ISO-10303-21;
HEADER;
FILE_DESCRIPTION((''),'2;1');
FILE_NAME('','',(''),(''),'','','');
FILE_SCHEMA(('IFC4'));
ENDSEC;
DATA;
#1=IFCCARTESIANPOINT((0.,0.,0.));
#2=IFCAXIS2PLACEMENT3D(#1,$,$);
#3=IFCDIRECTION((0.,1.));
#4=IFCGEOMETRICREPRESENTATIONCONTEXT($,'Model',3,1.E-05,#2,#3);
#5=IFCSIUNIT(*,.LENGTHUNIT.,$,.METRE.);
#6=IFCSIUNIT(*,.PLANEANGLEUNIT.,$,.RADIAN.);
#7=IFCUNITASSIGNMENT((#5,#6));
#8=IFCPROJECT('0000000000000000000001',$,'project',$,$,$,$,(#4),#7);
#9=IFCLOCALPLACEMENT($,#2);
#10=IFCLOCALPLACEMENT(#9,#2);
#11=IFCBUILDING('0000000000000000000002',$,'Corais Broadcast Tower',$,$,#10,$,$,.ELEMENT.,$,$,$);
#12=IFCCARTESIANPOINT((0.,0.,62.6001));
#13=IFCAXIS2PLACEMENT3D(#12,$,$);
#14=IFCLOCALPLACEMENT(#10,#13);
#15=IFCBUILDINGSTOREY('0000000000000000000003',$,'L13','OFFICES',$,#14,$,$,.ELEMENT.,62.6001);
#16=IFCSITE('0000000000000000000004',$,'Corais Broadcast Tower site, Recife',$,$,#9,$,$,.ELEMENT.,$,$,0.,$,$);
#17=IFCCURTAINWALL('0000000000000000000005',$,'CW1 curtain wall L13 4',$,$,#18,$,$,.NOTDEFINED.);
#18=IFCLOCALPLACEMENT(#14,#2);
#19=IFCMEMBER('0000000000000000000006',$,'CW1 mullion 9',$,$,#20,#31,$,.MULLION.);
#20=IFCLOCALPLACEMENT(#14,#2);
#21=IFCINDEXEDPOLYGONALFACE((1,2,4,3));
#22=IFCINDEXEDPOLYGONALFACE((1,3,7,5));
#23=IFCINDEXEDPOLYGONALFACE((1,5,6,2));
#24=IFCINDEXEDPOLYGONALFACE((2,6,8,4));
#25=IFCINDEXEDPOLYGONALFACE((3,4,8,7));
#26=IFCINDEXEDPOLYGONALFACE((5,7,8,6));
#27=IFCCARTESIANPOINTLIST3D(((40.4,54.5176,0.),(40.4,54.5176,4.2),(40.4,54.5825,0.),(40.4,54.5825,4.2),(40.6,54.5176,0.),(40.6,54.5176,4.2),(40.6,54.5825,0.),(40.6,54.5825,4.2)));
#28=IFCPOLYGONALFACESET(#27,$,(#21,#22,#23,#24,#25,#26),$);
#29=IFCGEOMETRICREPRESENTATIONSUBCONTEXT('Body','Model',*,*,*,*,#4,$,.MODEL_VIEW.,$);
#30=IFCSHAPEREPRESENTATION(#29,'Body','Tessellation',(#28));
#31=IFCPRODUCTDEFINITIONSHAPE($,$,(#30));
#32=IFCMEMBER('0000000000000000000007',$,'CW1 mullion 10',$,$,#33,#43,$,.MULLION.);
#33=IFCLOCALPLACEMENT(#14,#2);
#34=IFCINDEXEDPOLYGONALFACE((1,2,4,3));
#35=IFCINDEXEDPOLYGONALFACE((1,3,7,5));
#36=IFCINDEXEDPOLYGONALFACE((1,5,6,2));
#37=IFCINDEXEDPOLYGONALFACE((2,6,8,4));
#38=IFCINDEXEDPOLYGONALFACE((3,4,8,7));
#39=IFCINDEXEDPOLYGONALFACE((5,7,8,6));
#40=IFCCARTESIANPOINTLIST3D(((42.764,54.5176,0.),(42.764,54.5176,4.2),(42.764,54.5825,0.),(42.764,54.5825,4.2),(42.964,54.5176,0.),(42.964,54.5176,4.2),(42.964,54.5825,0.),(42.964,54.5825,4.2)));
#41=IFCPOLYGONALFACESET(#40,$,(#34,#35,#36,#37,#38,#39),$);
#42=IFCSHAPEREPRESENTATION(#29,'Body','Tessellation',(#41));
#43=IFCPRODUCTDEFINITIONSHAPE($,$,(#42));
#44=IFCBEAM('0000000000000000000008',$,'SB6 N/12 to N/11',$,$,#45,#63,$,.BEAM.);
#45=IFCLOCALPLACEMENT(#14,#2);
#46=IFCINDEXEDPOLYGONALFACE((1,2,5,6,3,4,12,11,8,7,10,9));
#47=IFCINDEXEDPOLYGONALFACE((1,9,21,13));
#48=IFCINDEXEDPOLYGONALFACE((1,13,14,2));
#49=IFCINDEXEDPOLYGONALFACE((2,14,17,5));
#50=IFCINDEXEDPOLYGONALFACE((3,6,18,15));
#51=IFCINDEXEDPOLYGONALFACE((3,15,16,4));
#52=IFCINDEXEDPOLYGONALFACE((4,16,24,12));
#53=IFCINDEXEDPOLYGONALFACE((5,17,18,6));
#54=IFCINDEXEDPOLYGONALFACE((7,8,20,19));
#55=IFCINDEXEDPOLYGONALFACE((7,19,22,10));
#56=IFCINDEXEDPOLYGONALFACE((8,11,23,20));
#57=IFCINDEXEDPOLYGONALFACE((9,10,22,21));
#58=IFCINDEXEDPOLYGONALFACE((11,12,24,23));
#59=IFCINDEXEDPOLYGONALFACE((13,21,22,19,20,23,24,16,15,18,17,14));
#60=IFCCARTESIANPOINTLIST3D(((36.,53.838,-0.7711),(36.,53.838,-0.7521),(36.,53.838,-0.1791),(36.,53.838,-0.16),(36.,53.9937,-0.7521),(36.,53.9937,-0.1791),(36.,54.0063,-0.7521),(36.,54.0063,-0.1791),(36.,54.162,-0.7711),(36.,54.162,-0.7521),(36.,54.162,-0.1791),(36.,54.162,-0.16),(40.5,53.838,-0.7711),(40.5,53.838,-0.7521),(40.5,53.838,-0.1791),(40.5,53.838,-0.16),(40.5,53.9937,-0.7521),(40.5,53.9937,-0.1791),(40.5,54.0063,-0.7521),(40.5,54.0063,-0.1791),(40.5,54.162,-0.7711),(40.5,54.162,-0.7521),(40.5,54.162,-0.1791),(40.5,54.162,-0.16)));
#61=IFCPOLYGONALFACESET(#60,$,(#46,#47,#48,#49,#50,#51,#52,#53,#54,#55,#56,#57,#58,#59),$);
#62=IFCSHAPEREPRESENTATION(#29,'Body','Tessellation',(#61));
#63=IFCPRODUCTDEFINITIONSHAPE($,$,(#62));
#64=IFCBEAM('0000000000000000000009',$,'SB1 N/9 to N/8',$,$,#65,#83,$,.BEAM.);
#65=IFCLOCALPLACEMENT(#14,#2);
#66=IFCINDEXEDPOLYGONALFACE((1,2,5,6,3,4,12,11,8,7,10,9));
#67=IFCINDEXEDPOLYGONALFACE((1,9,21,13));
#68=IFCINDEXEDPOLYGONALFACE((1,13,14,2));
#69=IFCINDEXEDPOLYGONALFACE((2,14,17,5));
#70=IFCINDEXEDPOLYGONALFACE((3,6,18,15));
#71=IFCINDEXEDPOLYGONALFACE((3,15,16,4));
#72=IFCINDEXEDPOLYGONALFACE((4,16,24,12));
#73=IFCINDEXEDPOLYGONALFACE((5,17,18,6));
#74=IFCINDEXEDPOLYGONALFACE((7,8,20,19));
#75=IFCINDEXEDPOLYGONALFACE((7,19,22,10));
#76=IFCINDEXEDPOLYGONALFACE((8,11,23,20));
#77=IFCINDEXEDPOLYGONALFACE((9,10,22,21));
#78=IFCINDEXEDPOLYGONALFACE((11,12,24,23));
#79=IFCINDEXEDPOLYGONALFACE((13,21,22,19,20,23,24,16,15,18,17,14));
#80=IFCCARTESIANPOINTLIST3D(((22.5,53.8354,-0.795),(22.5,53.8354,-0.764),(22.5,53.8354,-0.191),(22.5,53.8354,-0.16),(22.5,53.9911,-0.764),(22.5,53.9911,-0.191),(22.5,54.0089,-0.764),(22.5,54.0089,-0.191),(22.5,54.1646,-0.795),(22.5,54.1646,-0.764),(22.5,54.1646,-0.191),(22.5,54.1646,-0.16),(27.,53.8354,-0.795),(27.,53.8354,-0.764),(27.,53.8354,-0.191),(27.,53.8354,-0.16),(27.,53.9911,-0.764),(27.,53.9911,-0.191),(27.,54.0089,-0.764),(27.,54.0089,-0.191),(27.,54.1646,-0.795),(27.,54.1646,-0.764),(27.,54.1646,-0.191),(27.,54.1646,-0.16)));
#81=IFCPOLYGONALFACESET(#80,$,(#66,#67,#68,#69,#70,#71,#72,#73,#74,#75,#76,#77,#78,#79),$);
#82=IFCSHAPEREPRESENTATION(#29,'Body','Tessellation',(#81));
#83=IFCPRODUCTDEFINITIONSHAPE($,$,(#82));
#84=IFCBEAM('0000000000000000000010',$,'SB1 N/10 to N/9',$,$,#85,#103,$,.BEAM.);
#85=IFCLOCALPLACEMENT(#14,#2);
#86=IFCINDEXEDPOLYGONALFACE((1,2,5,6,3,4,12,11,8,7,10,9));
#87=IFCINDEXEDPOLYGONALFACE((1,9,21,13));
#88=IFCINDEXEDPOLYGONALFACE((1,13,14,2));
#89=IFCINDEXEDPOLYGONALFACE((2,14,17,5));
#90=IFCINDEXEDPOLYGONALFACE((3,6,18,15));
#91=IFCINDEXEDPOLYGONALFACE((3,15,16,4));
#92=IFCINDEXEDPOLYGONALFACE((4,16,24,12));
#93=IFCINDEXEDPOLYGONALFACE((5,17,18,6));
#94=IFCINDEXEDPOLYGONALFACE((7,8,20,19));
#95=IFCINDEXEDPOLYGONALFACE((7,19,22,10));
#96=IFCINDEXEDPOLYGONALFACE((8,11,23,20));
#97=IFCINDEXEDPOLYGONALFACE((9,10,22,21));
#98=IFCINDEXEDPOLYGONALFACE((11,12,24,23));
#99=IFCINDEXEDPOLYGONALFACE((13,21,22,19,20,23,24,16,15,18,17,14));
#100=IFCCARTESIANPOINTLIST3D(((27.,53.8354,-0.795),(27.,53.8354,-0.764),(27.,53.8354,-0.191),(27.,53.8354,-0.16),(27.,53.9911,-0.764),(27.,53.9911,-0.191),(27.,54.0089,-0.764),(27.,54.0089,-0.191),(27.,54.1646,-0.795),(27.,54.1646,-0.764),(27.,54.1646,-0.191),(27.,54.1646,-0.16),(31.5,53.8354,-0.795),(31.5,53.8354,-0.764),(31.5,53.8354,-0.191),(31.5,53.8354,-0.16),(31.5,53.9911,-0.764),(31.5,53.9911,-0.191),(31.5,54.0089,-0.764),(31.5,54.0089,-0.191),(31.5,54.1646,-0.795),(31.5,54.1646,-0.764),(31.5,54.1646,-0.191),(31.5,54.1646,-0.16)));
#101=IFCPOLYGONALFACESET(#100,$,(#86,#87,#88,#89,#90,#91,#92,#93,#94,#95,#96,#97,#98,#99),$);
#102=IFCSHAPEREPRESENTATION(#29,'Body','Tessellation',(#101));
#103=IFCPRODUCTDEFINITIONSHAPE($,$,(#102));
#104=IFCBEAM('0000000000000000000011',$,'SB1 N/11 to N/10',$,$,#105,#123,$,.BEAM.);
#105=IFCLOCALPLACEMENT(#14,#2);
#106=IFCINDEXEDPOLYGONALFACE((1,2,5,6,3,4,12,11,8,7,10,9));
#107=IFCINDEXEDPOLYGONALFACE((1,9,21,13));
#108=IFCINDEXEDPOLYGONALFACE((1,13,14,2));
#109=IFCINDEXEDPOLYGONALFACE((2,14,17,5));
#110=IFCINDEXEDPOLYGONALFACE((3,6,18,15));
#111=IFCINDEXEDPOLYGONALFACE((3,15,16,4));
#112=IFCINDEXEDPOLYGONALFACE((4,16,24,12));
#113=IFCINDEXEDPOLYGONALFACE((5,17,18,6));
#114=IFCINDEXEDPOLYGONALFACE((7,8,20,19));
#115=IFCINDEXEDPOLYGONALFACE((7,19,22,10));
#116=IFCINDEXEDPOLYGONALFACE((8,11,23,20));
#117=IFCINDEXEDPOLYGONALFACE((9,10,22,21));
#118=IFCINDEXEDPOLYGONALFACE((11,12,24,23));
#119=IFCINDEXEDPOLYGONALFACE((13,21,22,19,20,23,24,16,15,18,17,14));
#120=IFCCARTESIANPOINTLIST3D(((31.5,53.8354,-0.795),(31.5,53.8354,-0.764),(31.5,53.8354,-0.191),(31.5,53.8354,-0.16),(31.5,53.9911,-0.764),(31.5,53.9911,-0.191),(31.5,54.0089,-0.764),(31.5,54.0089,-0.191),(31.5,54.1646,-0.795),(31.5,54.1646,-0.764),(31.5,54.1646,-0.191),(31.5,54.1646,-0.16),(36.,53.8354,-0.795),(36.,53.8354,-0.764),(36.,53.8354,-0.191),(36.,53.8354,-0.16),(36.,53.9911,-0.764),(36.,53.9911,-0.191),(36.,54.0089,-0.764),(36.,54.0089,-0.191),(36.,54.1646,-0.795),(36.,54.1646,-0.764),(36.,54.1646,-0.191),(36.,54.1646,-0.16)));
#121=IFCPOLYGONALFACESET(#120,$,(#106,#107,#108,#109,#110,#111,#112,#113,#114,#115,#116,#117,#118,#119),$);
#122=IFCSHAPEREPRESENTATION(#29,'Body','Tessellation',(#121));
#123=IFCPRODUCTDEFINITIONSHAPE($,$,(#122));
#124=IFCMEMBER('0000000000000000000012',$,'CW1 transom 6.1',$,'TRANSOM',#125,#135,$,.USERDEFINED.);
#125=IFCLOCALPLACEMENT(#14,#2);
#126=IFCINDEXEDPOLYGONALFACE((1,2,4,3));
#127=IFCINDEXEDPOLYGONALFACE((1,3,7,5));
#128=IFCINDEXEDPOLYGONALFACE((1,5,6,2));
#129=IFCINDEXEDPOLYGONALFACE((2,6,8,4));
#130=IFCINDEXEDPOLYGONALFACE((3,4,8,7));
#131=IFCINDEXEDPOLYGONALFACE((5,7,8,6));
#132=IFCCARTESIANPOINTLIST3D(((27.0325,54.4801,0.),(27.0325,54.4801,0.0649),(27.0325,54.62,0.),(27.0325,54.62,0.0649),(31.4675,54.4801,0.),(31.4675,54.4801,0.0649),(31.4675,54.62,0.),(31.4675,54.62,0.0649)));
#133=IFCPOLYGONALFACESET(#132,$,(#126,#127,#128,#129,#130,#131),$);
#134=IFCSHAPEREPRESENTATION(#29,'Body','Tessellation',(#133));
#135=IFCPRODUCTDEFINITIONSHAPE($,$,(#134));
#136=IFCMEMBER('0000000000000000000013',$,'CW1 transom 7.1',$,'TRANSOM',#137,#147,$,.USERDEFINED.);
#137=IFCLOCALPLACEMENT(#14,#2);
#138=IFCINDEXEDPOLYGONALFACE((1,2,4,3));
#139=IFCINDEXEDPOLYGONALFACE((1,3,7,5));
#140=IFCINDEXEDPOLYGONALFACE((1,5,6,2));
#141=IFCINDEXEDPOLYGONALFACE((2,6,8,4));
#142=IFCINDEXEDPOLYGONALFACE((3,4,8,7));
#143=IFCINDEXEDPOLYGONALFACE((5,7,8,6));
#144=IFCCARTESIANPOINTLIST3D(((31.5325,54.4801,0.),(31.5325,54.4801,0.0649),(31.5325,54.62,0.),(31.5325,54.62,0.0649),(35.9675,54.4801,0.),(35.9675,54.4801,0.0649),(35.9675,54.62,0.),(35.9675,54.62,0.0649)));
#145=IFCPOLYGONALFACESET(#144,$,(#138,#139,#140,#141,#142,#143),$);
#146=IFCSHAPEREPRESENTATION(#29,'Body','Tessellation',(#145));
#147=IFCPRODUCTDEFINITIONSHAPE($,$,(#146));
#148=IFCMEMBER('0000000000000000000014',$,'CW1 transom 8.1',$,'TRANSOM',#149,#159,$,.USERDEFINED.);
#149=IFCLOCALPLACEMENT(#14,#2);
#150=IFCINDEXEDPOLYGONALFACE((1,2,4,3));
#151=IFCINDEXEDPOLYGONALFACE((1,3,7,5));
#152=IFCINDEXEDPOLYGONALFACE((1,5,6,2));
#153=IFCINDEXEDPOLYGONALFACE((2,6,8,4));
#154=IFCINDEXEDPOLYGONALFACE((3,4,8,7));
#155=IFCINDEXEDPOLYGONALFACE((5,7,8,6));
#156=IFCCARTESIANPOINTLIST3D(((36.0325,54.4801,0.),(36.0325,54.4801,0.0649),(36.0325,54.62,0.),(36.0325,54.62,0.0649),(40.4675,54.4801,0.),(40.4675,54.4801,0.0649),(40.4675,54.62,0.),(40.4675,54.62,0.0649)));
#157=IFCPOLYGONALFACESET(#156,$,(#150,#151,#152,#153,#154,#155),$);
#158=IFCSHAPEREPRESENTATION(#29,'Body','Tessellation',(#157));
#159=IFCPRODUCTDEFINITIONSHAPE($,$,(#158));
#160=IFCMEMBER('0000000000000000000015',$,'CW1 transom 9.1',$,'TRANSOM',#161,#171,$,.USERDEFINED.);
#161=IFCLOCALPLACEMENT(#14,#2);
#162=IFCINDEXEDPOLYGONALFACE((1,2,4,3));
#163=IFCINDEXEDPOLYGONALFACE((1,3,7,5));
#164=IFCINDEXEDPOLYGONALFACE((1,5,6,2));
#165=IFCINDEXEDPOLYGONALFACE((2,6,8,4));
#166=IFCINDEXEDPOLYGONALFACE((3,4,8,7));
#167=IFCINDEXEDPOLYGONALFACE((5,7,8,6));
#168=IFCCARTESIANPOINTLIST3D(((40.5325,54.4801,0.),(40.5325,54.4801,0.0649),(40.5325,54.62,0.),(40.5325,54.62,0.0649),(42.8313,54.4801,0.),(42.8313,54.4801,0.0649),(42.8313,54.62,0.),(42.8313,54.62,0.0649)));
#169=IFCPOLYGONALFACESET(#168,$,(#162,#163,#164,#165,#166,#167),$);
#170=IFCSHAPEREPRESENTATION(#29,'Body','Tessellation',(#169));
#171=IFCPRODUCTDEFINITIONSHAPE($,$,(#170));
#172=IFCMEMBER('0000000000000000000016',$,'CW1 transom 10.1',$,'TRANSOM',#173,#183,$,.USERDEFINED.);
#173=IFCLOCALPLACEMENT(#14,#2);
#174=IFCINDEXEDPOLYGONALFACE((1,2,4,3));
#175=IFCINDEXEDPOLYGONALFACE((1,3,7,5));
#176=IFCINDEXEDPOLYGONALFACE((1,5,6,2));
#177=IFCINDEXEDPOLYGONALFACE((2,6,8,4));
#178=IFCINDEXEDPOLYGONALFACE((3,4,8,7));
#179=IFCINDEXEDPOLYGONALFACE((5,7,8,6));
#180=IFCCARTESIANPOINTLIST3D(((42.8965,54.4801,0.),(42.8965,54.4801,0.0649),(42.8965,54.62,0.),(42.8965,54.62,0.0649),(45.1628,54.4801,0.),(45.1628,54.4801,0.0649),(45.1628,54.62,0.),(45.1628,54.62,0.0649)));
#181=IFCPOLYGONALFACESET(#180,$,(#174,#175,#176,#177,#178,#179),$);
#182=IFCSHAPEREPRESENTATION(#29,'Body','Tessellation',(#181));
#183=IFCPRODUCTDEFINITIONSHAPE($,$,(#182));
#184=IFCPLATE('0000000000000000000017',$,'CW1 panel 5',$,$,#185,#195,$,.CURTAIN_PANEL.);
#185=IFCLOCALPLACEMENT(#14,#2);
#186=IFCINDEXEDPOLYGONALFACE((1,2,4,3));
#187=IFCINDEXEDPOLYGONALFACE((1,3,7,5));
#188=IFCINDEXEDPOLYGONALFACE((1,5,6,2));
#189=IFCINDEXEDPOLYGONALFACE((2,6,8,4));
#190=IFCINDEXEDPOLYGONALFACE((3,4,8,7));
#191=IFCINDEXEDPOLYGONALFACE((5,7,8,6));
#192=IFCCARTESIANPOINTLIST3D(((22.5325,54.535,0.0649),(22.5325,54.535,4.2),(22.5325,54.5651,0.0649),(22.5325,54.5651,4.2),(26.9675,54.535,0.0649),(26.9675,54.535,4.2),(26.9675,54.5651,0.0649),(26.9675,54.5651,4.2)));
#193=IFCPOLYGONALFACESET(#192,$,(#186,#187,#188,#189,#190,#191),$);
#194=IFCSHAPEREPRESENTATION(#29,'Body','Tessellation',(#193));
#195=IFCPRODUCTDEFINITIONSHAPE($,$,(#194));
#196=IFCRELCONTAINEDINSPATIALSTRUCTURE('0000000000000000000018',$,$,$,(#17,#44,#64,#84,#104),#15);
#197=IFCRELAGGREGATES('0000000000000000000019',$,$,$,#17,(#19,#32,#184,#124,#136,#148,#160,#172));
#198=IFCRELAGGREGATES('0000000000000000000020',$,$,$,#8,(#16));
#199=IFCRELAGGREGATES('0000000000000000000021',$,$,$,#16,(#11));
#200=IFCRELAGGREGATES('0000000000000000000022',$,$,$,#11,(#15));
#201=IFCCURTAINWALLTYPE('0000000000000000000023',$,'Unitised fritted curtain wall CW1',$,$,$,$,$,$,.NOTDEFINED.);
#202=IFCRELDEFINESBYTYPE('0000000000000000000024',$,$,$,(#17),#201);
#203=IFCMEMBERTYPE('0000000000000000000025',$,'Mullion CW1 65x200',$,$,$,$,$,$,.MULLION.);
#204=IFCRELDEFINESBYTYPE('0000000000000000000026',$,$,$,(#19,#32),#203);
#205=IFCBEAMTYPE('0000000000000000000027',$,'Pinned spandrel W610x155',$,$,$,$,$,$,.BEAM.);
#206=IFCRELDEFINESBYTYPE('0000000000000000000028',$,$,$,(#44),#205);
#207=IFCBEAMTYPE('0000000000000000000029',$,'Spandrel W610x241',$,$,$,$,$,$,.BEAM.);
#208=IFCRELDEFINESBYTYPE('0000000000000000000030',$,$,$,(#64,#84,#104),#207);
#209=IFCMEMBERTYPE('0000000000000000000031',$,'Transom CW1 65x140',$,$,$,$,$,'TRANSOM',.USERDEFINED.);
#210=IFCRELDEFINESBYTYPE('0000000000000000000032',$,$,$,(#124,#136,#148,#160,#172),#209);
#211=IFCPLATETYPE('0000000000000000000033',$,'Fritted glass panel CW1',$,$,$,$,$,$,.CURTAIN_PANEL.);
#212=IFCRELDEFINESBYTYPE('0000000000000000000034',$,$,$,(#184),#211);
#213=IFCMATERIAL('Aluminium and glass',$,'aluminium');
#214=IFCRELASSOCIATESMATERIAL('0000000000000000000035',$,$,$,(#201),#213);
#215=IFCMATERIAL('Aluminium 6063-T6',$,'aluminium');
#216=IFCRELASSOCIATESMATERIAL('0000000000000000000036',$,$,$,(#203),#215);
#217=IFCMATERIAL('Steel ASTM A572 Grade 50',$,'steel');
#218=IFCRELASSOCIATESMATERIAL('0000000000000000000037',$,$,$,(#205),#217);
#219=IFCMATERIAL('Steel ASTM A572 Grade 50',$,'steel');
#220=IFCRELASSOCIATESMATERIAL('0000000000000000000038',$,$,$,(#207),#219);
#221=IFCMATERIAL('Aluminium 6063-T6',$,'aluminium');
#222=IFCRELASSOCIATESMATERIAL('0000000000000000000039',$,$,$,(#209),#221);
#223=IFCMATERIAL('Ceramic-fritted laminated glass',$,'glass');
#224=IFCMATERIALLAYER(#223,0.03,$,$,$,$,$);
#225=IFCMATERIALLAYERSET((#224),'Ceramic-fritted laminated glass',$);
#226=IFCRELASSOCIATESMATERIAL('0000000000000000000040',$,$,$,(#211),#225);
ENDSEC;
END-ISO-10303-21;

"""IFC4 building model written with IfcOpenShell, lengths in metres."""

from ifc_helpers import new_model, si_unit, direction, frame, origin, origin_2d, place, context, subcontext, project, spatial, rectangle, i_section, extrude, material, layer, layer_set, material_profile, profile_set, type_object, element, aggregate, save


model = new_model("IFC4")

# Units and contexts
model_context = context("Model", 3, precision=1e-05, world=origin(), true_north=direction((0.0, 1.0)))
body_context = subcontext(model_context, "Body", "Model", "MODEL_VIEW")
ifc_project = project(units=[si_unit("LENGTHUNIT", "METRE"), si_unit("PLANEANGLEUNIT", "RADIAN")], contexts=[model_context])

# Site, building, storey
site_placement = place(None, origin())
site = spatial("IfcSite", under=ifc_project, at=site_placement, Name="Corais Broadcast Tower site, Recife", CompositionType="ELEMENT", RefElevation=0.0)
building_placement = place(site_placement, origin())
building = spatial("IfcBuilding", under=site, at=building_placement, Name="Corais Broadcast Tower", CompositionType="ELEMENT")
storey_placement = place(building_placement, frame((0.0, 0.0, 62.6001)))
storey = spatial("IfcBuildingStorey", under=building, at=storey_placement, Name="L13", Description="OFFICES", CompositionType="ELEMENT", Elevation=62.6001)

# Curtain wall, members
ifc_material_1 = material(Name="Aluminium and glass", Category="aluminium")
curtain_wall_type = type_object("IfcCurtainWallType", Name="Unitised fritted curtain wall CW1", PredefinedType="NOTDEFINED", material=ifc_material_1)
curtain_wall_placement = place(storey_placement, origin())
curtain_wall = element("IfcCurtainWall", 1, at=curtain_wall_placement, inside=storey, type_object=curtain_wall_type, Name="CW1 curtain wall L13 4", PredefinedType="NOTDEFINED")
ifc_material_2 = material(Name="Aluminium 6063-T6", Category="aluminium")
ifc_material_profile_1 = material_profile(ifc_material_2, rectangle(XDim=0.0649, YDim=0.2, at=origin_2d()), Name="Mullion CW1 65x200")
ifc_profile_set_1 = profile_set([ifc_material_profile_1], Name="Aluminium 6063-T6")
member_type_1 = type_object("IfcMemberType", Name="Mullion CW1 65x200", PredefinedType="MULLION", material=ifc_profile_set_1)
member_1_placement = place(storey_placement, frame((40.5, 54.55, 0.0), z_axis=(0.0, 0.0, 1.0), x_axis=(0.0, 1.0, 0.0)))
member_1 = element("IfcMember", 2, at=member_1_placement, type_object=member_type_1, Name="CW1 mullion 9", PredefinedType="MULLION", context=body_context, shape_type="SweptSolid", body=[
    extrude(rectangle(XDim=0.0649, YDim=0.2, at=origin_2d()), origin(), (0.0, 0.0, 1.0), 4.2),
])
member_2_placement = place(storey_placement, frame((42.864, 54.55, 0.0), z_axis=(0.0, 0.0, 1.0), x_axis=(0.0, 1.0, 0.0)))
member_2 = element("IfcMember", 3, at=member_2_placement, type_object=member_type_1, Name="CW1 mullion 10", PredefinedType="MULLION", context=body_context, shape_type="SweptSolid", body=[
    extrude(rectangle(XDim=0.0649, YDim=0.2, at=origin_2d()), origin(), (0.0, 0.0, 1.0), 4.2),
])

# Beams
ifc_material_3 = material(Name="Steel ASTM A572 Grade 50", Category="steel")
ifc_material_profile_2 = material_profile(ifc_material_3, i_section(OverallWidth=0.324, OverallDepth=0.6111, WebThickness=0.0127, FlangeThickness=0.019, at=origin_2d()), Name="W610x155")
ifc_profile_set_2 = profile_set([ifc_material_profile_2], Name="Steel ASTM A572 Grade 50")
beam_type_1 = type_object("IfcBeamType", Name="Pinned spandrel W610x155", PredefinedType="BEAM", material=ifc_profile_set_2)
beam_placement = place(storey_placement, frame((40.5, 54.0, -0.4656), z_axis=(-1.0, 0.0, 0.0), x_axis=(0.0, -1.0, 0.0)))
element("IfcBeam", 4, at=beam_placement, inside=storey, type_object=beam_type_1, Name="SB6 N/12 to N/11", PredefinedType="BEAM", context=body_context, shape_type="SweptSolid", body=[
    extrude(i_section(OverallWidth=0.324, OverallDepth=0.6111, WebThickness=0.0127, FlangeThickness=0.019, at=origin_2d()), origin(), (0.0, 0.0, 1.0), 4.5),
])
ifc_material_4 = material(Name="Steel ASTM A572 Grade 50", Category="steel")
ifc_material_profile_3 = material_profile(ifc_material_4, i_section(OverallWidth=0.3291, OverallDepth=0.635, WebThickness=0.0178, FlangeThickness=0.031, at=origin_2d()), Name="W610x241")
ifc_profile_set_3 = profile_set([ifc_material_profile_3], Name="Steel ASTM A572 Grade 50")
beam_type_2 = type_object("IfcBeamType", Name="Spandrel W610x241", PredefinedType="BEAM", material=ifc_profile_set_3)
for number, where, z_axis, x_axis, name in (
    (5, (27.0, 54.0, -0.4775), (-1.0, 0.0, 0.0), (0.0, -1.0, 0.0), "SB1 N/9 to N/8"),
    (6, (31.5, 54.0, -0.4775), (-1.0, 0.0, 0.0), (0.0, -1.0, 0.0), "SB1 N/10 to N/9"),
    (7, (36.0, 54.0, -0.4775), (-1.0, 0.0, 0.0), (0.0, -1.0, 0.0), "SB1 N/11 to N/10"),
):
    element("IfcBeam", number, at=place(storey_placement, frame(where, z_axis=z_axis, x_axis=x_axis)), inside=storey, type_object=beam_type_2, Name=name, PredefinedType="BEAM", context=body_context, shape_type="SweptSolid", body=[
        extrude(i_section(OverallWidth=0.3291, OverallDepth=0.635, WebThickness=0.0178, FlangeThickness=0.031, at=origin_2d()), origin(), (0.0, 0.0, 1.0), 4.5),
    ])

# Members
ifc_material_5 = material(Name="Aluminium 6063-T6", Category="aluminium")
ifc_material_profile_4 = material_profile(ifc_material_5, rectangle(XDim=0.1399, YDim=0.0649, at=origin_2d()), Name="Transom CW1 65x140")
ifc_profile_set_4 = profile_set([ifc_material_profile_4], Name="Aluminium 6063-T6")
member_type_2 = type_object("IfcMemberType", Name="Transom CW1 65x140", ElementType="TRANSOM", PredefinedType="USERDEFINED", material=ifc_profile_set_4)
member_3_placement = place(storey_placement, frame((27.0325, 54.55, 0.0325), z_axis=(1.0, 0.0, 0.0), x_axis=(0.0, 1.0, 0.0)))
member_3 = element("IfcMember", 8, at=member_3_placement, type_object=member_type_2, Name="CW1 transom 6.1", ObjectType="TRANSOM", PredefinedType="USERDEFINED", context=body_context, shape_type="SweptSolid", body=[
    extrude(rectangle(XDim=0.1399, YDim=0.0649, at=origin_2d()), origin(), (0.0, 0.0, 1.0), 4.4351),
])
member_4_placement = place(storey_placement, frame((31.5325, 54.55, 0.0325), z_axis=(1.0, 0.0, 0.0), x_axis=(0.0, 1.0, 0.0)))
member_4 = element("IfcMember", 9, at=member_4_placement, type_object=member_type_2, Name="CW1 transom 7.1", ObjectType="TRANSOM", PredefinedType="USERDEFINED", context=body_context, shape_type="SweptSolid", body=[
    extrude(rectangle(XDim=0.1399, YDim=0.0649, at=origin_2d()), origin(), (0.0, 0.0, 1.0), 4.4351),
])
member_5_placement = place(storey_placement, frame((36.0325, 54.55, 0.0325), z_axis=(1.0, 0.0, 0.0), x_axis=(0.0, 1.0, 0.0)))
member_5 = element("IfcMember", 10, at=member_5_placement, type_object=member_type_2, Name="CW1 transom 8.1", ObjectType="TRANSOM", PredefinedType="USERDEFINED", context=body_context, shape_type="SweptSolid", body=[
    extrude(rectangle(XDim=0.1399, YDim=0.0649, at=origin_2d()), origin(), (0.0, 0.0, 1.0), 4.4351),
])
member_6_placement = place(storey_placement, frame((40.5325, 54.55, 0.0325), z_axis=(1.0, 0.0, 0.0), x_axis=(0.0, 1.0, 0.0)))
member_6 = element("IfcMember", 11, at=member_6_placement, type_object=member_type_2, Name="CW1 transom 9.1", ObjectType="TRANSOM", PredefinedType="USERDEFINED", context=body_context, shape_type="SweptSolid", body=[
    extrude(rectangle(XDim=0.1399, YDim=0.0649, at=origin_2d()), origin(), (0.0, 0.0, 1.0), 2.2988),
])
member_7_placement = place(storey_placement, frame((42.8965, 54.55, 0.0325), z_axis=(1.0, 0.0, 0.0), x_axis=(0.0, 1.0, 0.0)))
member_7 = element("IfcMember", 12, at=member_7_placement, type_object=member_type_2, Name="CW1 transom 10.1", ObjectType="TRANSOM", PredefinedType="USERDEFINED", context=body_context, shape_type="SweptSolid", body=[
    extrude(rectangle(XDim=0.1399, YDim=0.0649, at=origin_2d()), origin(), (0.0, 0.0, 1.0), 2.2664),
])

# Plate
ifc_material_6 = material(Name="Ceramic-fritted laminated glass", Category="glass")
ifc_layer_1 = layer(ifc_material_6, 0.03)
ifc_layer_set_1 = layer_set([ifc_layer_1], Name="Ceramic-fritted laminated glass")
plate_type_1 = type_object("IfcPlateType", Name="Fritted glass panel CW1", PredefinedType="CURTAIN_PANEL", material=ifc_layer_set_1)
plate_1_placement = place(storey_placement, frame((24.75, 54.55, 0.0649), z_axis=(0.0, 0.0, 1.0), x_axis=(1.0, 0.0, 0.0)))
plate_1 = element("IfcPlate", 13, at=plate_1_placement, type_object=plate_type_1, Name="CW1 panel 5", PredefinedType="CURTAIN_PANEL", context=body_context, shape_type="SweptSolid", body=[
    extrude(rectangle(XDim=4.4351, YDim=0.03, at=origin_2d()), origin(), (0.0, 0.0, 1.0), 4.135),
])
aggregate(curtain_wall, [member_1, member_2, plate_1, member_3, member_4, member_5, member_6, member_7])

save(model, "model.ifc")
